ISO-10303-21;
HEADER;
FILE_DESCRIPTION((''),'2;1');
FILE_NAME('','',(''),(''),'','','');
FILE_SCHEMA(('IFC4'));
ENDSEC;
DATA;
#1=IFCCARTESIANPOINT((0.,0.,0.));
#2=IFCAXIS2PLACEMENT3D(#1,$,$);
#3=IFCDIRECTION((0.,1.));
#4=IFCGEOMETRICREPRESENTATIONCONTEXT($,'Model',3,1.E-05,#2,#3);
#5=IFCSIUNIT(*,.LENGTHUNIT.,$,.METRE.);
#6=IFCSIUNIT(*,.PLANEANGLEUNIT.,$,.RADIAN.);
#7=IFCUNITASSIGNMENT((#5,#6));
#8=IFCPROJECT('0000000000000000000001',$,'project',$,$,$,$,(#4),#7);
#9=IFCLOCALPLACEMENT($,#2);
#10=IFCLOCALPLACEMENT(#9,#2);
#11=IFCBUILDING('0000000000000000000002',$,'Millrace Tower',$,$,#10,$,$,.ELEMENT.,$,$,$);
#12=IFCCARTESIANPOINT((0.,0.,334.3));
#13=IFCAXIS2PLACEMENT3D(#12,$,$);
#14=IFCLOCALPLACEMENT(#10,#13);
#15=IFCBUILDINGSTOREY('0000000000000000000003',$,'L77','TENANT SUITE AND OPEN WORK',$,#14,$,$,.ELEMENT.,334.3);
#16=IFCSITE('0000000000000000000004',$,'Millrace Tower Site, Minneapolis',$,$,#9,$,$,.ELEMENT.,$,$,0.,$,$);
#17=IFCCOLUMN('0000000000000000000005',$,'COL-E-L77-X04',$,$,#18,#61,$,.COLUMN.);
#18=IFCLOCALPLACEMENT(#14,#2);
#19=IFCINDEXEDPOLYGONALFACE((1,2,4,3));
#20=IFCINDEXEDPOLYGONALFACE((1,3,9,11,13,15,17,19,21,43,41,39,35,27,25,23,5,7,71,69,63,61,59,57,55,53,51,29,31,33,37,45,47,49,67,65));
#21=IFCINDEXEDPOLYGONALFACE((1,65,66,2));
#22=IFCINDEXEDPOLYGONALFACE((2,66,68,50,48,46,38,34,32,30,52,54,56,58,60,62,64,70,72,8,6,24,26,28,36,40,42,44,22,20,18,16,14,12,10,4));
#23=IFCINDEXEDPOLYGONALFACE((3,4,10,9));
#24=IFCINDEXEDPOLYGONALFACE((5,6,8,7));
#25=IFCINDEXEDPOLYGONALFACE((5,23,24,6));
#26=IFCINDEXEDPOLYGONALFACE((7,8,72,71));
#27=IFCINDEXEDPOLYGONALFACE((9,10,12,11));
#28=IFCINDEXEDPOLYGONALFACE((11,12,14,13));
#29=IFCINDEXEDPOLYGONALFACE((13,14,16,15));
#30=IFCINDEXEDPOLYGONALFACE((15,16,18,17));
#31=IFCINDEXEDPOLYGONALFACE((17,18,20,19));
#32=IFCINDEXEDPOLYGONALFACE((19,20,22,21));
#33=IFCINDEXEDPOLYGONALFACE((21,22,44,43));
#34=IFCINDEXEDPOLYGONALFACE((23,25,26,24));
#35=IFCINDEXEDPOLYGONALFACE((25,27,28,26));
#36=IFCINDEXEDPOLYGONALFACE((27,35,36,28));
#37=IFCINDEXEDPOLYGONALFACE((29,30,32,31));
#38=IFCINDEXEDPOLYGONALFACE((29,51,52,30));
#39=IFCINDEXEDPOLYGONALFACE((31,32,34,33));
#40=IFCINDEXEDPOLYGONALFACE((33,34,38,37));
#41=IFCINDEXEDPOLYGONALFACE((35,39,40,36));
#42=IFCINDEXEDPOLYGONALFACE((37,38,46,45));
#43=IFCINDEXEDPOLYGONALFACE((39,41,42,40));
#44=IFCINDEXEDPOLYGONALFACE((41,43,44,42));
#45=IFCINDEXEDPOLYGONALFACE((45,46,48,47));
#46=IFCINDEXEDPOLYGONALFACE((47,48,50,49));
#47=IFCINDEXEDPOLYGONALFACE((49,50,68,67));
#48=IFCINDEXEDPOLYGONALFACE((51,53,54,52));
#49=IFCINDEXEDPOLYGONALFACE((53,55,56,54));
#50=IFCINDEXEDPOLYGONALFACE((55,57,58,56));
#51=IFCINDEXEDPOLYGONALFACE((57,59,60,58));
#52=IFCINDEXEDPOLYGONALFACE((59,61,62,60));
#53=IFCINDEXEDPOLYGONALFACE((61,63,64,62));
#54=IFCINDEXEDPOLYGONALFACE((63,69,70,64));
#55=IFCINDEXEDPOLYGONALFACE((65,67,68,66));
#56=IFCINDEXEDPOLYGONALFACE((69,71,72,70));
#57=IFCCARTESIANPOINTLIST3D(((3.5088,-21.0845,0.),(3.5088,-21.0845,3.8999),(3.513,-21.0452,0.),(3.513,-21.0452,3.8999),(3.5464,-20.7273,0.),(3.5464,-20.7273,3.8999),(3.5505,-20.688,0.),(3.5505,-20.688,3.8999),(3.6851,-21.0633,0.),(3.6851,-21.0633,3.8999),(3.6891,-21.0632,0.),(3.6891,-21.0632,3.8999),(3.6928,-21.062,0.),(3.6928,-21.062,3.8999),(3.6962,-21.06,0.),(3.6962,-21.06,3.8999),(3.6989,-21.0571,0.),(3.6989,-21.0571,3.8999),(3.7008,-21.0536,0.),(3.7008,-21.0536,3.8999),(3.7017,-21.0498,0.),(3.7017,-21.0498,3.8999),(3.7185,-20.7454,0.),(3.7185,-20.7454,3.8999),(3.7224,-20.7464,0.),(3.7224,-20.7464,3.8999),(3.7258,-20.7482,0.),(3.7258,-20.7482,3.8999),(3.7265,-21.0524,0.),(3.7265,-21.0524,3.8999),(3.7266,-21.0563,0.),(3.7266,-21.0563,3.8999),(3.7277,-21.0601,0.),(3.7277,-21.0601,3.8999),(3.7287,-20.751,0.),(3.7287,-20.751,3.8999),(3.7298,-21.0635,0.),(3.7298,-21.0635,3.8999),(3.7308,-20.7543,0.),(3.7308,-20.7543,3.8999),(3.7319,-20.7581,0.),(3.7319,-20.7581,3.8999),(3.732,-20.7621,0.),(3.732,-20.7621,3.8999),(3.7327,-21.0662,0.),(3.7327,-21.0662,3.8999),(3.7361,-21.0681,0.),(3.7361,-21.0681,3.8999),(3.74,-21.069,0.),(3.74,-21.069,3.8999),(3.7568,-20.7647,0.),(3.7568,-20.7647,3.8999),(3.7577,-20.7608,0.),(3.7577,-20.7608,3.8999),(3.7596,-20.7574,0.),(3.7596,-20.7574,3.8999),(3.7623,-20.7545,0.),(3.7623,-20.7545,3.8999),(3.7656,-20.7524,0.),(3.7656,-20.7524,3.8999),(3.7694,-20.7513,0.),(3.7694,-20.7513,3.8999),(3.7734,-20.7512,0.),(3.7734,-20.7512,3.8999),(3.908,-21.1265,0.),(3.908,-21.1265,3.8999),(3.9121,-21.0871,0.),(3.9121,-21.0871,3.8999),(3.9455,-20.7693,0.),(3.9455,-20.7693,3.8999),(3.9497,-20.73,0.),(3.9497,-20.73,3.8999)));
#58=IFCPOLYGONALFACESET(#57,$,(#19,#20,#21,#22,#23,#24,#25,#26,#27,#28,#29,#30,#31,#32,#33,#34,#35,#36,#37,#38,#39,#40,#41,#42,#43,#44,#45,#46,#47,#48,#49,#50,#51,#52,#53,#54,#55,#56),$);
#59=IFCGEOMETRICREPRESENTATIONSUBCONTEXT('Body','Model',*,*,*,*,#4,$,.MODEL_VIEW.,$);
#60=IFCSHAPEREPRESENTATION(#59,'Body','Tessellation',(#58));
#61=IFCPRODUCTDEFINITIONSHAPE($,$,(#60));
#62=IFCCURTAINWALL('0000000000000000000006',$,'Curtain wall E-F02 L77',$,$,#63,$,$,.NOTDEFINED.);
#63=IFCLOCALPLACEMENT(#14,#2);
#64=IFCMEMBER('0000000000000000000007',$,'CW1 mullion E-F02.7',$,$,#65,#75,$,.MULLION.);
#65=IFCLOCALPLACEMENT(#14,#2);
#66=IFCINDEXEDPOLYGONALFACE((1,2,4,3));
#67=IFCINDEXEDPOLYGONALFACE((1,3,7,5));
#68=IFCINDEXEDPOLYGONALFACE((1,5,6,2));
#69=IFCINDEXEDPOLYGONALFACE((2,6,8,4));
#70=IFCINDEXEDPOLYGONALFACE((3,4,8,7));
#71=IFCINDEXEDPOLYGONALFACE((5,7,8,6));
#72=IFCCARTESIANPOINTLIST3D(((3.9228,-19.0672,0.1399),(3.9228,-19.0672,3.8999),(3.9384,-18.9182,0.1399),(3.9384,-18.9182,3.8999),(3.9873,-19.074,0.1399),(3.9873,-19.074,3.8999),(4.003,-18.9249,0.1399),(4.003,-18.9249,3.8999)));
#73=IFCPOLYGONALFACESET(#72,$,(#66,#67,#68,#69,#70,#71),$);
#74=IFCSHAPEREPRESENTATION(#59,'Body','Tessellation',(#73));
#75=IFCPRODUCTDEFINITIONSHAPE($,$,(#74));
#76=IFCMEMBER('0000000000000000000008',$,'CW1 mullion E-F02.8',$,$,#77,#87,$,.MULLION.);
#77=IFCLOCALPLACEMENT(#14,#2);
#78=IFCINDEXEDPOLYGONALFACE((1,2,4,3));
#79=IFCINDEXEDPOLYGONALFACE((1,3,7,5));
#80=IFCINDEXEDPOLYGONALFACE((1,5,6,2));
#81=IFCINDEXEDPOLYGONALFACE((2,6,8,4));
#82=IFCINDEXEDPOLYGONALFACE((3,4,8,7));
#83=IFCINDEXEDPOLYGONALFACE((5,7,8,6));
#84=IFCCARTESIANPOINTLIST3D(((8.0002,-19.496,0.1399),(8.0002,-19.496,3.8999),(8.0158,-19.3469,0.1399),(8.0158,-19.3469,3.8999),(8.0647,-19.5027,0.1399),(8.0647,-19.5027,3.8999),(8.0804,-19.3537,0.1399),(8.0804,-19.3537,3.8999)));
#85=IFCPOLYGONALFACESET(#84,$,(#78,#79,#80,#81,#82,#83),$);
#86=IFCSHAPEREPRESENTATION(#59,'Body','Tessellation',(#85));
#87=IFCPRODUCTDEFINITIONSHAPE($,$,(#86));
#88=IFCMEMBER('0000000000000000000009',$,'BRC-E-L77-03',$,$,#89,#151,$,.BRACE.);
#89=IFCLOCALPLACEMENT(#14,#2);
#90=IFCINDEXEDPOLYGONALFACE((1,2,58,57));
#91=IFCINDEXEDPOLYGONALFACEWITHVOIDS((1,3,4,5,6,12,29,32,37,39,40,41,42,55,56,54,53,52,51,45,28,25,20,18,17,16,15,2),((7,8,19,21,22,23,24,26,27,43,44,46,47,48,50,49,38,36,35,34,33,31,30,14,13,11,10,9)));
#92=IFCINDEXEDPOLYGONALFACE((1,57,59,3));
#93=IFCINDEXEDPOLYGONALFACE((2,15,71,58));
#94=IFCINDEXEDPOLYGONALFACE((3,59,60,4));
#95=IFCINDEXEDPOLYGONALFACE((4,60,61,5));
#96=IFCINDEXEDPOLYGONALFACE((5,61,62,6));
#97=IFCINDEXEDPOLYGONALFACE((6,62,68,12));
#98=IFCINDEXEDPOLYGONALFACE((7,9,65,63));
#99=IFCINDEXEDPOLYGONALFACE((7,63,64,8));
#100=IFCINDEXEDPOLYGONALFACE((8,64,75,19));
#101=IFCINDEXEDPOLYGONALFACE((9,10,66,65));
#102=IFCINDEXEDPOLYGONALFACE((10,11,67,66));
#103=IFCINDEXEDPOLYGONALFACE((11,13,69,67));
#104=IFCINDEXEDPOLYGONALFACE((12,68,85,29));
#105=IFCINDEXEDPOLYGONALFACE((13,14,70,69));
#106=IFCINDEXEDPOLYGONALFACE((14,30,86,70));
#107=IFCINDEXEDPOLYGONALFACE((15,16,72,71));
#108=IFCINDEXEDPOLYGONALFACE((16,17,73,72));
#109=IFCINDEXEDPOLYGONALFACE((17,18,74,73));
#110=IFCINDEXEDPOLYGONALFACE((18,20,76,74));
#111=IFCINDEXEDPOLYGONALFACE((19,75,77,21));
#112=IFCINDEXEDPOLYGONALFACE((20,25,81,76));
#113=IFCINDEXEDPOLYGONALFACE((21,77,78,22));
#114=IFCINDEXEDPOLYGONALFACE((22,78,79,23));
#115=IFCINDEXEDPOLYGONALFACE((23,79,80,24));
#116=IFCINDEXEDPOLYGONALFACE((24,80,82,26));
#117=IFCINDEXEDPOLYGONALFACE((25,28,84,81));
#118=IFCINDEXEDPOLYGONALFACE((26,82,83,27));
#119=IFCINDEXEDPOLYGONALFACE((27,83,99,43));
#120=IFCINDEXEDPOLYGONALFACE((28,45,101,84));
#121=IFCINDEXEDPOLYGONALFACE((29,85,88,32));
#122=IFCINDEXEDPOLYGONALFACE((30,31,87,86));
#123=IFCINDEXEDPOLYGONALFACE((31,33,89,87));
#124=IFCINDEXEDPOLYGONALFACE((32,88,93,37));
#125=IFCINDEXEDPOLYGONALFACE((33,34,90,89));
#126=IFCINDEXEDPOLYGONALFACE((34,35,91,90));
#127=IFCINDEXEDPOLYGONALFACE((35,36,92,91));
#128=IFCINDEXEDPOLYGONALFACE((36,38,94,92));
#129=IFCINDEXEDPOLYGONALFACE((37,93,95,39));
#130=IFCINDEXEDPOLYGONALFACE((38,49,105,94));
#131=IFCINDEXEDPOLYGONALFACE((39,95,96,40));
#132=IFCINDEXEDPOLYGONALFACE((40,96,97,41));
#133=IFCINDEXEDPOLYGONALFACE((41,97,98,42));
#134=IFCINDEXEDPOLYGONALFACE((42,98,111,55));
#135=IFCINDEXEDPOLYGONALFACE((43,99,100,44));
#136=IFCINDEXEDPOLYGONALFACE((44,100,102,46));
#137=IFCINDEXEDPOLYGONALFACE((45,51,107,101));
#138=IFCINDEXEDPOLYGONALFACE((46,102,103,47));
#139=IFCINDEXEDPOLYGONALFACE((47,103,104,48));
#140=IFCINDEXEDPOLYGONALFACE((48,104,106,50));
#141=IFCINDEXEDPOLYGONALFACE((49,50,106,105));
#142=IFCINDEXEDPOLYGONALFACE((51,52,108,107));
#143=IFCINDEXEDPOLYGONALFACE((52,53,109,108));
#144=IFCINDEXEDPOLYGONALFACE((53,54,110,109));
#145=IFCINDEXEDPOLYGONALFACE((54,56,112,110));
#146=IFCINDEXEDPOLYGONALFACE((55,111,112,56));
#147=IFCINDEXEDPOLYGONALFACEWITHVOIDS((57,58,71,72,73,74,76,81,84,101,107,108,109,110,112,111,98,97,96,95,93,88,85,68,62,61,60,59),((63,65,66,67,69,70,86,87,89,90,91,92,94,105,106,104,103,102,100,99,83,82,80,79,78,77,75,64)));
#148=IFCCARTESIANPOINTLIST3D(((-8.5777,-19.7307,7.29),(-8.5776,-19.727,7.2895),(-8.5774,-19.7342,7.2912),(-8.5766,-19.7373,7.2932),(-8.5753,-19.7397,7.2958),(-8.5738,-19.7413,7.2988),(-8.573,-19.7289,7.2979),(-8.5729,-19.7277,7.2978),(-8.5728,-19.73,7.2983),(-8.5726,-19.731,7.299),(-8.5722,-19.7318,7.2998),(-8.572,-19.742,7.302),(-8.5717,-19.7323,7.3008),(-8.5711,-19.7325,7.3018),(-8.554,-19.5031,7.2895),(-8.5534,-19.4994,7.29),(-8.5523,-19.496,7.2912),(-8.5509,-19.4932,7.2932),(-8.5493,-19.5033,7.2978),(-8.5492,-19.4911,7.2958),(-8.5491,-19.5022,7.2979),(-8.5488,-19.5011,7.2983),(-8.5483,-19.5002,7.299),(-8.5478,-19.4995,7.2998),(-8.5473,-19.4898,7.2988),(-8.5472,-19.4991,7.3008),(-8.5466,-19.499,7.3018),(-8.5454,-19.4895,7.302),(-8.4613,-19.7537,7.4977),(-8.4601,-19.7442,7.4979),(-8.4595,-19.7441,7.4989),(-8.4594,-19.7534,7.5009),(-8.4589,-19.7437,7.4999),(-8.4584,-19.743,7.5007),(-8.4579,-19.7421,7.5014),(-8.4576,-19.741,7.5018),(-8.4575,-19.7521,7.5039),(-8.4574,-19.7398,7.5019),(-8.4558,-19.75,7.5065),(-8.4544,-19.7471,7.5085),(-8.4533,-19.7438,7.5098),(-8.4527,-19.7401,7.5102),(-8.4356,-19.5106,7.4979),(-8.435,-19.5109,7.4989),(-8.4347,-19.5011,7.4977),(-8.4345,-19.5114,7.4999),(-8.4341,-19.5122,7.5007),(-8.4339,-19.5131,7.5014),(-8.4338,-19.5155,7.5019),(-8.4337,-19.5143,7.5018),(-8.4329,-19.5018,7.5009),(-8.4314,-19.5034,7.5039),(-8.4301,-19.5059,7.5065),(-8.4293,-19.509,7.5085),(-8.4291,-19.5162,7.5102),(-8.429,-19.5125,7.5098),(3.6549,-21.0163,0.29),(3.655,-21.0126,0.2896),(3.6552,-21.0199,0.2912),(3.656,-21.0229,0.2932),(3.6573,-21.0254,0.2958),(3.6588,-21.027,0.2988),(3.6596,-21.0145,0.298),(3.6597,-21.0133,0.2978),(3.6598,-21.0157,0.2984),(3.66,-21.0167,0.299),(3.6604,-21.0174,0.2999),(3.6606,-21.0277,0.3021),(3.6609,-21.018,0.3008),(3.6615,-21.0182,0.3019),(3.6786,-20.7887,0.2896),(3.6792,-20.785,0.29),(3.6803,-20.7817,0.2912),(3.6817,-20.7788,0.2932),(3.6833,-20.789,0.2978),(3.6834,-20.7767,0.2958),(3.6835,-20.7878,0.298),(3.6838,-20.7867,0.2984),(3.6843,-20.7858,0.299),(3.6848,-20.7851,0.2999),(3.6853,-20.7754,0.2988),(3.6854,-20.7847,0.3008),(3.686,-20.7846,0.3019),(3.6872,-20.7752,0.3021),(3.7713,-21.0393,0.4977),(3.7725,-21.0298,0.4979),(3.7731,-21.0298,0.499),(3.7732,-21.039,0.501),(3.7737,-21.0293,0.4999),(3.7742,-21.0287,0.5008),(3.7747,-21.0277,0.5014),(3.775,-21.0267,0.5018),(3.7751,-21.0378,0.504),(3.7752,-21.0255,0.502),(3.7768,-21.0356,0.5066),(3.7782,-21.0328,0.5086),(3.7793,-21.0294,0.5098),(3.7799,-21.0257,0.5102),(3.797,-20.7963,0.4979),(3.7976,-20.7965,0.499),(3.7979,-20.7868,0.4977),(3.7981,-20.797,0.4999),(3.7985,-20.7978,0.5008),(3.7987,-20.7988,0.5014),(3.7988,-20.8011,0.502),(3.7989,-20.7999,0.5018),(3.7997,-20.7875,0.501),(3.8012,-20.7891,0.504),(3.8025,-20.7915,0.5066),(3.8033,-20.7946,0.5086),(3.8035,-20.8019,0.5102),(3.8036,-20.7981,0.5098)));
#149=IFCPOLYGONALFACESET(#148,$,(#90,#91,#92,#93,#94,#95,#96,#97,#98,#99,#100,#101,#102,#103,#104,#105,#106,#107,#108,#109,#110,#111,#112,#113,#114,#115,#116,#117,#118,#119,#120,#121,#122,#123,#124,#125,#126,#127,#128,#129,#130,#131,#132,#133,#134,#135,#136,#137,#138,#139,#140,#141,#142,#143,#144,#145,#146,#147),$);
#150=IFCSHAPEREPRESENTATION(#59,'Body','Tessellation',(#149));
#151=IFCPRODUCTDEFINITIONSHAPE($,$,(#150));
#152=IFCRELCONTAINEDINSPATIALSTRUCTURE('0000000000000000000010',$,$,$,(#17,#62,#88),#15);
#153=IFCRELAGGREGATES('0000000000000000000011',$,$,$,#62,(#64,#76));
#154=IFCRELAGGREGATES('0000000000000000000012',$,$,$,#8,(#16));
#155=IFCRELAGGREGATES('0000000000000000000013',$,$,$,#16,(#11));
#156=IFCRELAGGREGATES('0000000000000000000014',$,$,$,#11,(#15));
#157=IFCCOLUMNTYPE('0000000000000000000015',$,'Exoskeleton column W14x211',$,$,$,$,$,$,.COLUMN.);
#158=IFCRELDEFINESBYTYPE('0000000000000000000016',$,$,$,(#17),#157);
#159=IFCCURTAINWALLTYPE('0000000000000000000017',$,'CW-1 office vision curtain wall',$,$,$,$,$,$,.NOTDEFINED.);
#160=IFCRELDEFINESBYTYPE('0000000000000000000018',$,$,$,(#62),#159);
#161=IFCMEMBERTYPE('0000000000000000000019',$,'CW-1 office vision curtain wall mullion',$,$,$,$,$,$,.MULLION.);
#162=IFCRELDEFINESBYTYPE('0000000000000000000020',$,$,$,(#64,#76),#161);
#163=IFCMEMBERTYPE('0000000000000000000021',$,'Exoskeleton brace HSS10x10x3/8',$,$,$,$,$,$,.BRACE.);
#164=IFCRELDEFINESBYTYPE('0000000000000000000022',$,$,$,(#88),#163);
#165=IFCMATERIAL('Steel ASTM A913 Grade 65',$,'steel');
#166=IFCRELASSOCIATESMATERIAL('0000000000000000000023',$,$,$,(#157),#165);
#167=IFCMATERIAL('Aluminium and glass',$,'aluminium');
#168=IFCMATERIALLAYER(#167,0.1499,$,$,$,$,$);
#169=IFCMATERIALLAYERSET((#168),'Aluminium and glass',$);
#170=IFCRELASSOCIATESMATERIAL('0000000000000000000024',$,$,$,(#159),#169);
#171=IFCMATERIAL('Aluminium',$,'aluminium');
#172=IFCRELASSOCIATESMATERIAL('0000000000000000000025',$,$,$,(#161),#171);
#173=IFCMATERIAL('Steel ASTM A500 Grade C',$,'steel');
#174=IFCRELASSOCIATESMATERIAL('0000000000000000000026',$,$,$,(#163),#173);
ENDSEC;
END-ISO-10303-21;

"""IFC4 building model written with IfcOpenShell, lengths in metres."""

from ifc_helpers import new_model, si_unit, direction, frame, origin, origin_2d, place, context, subcontext, project, spatial, rectangle, hollow_rectangle, i_section, extrude, material, layer, layer_set, material_profile, profile_set, type_object, element, aggregate, save


model = new_model("IFC4")

# Units and contexts
model_context = context("Model", 3, precision=1e-05, world=origin(), true_north=direction((0.0, 1.0)))
body_context = subcontext(model_context, "Body", "Model", "MODEL_VIEW")
ifc_project = project(units=[si_unit("LENGTHUNIT", "METRE"), si_unit("PLANEANGLEUNIT", "RADIAN")], contexts=[model_context])

# Site, building, storey
site_placement = place(None, origin())
site = spatial("IfcSite", under=ifc_project, at=site_placement, Name="Millrace Tower Site, Minneapolis", CompositionType="ELEMENT", RefElevation=0.0)
building_placement = place(site_placement, origin())
building = spatial("IfcBuilding", under=site, at=building_placement, Name="Millrace Tower", CompositionType="ELEMENT")
storey_placement = place(building_placement, frame((0.0, 0.0, 334.3)))
storey = spatial("IfcBuildingStorey", under=building, at=storey_placement, Name="L77", Description="TENANT SUITE AND OPEN WORK", CompositionType="ELEMENT", Elevation=334.3)

# Column
ifc_material_1 = material(Name="Steel ASTM A913 Grade 65", Category="steel")
ifc_material_profile_1 = material_profile(ifc_material_1, i_section(OverallWidth=0.4014, OverallDepth=0.3987, WebThickness=0.0249, FlangeThickness=0.0396, FilletRadius=0.0151, at=origin_2d()))
ifc_profile_set_1 = profile_set([ifc_material_profile_1], Name="Steel ASTM A913 Grade 65")
column_type = type_object("IfcColumnType", Name="Exoskeleton column W14x211", PredefinedType="COLUMN", material=ifc_profile_set_1)
column_placement = place(storey_placement, frame((3.7292, -20.9072, 0.0), z_axis=(0.0, 0.0, 1.0), x_axis=(0.994522, -0.104528, 0.0)))
element("IfcColumn", 1, at=column_placement, inside=storey, type_object=column_type, Name="COL-E-L77-X04", PredefinedType="COLUMN", context=body_context, shape_type="SweptSolid", body=[
    extrude(i_section(OverallWidth=0.4014, OverallDepth=0.3987, WebThickness=0.0249, FlangeThickness=0.0396, FilletRadius=0.0151, at=origin_2d()), origin(), (0.0, 0.0, 1.0), 3.8999),
])

# Curtain wall, members
ifc_material_2 = material(Name="Aluminium and glass", Category="aluminium")
ifc_layer_1 = layer(ifc_material_2, 0.1499)
ifc_layer_set_1 = layer_set([ifc_layer_1], Name="Aluminium and glass")
curtain_wall_type = type_object("IfcCurtainWallType", Name="CW-1 office vision curtain wall", PredefinedType="NOTDEFINED", material=ifc_layer_set_1)
placement = place(storey_placement, origin())
curtain_wall = element("IfcCurtainWall", 2, at=placement, inside=storey, type_object=curtain_wall_type, Name="Curtain wall E-F02 L77", PredefinedType="NOTDEFINED")
ifc_material_3 = material(Name="Aluminium", Category="aluminium")
ifc_material_profile_2 = material_profile(ifc_material_3, rectangle(XDim=0.0649, YDim=0.1499, at=origin_2d()))
ifc_profile_set_2 = profile_set([ifc_material_profile_2], Name="Aluminium")
member_type_1 = type_object("IfcMemberType", Name="CW-1 office vision curtain wall mullion", PredefinedType="MULLION", material=ifc_profile_set_2)
member_1_placement = place(storey_placement, frame((3.9629, -18.9961, 0.1399), z_axis=(0.0, 0.0, 1.0), x_axis=(0.994522, -0.104528, 0.0)))
member_1 = element("IfcMember", 3, at=member_1_placement, type_object=member_type_1, Name="CW1 mullion E-F02.7", PredefinedType="MULLION", context=body_context, shape_type="SweptSolid", body=[
    extrude(rectangle(XDim=0.0649, YDim=0.1499, at=origin_2d()), origin(), (0.0, 0.0, 1.0), 3.76),
])
member_2_placement = place(storey_placement, frame((8.0403, -19.4248, 0.1399), z_axis=(0.0, 0.0, 1.0), x_axis=(0.994522, -0.104528, 0.0)))
member_2 = element("IfcMember", 4, at=member_2_placement, type_object=member_type_1, Name="CW1 mullion E-F02.8", PredefinedType="MULLION", context=body_context, shape_type="SweptSolid", body=[
    extrude(rectangle(XDim=0.0649, YDim=0.1499, at=origin_2d()), origin(), (0.0, 0.0, 1.0), 3.76),
])
aggregate(curtain_wall, [member_1, member_2])

# Member
ifc_material_4 = material(Name="Steel ASTM A500 Grade C", Category="steel")
ifc_material_profile_3 = material_profile(ifc_material_4, hollow_rectangle(XDim=0.2539, YDim=0.2539, WallThickness=0.0095, InnerFilletRadius=0.0046, OuterFilletRadius=0.0144, at=origin_2d()))
ifc_profile_set_3 = profile_set([ifc_material_profile_3], Name="Steel ASTM A500 Grade C")
member_type_2 = type_object("IfcMemberType", Name="Exoskeleton brace HSS10x10x3/8", PredefinedType="BRACE", material=ifc_profile_set_3)
member_3_placement = place(storey_placement, frame((3.7292, -20.9072, 0.3999), z_axis=(-0.864352, 0.090843, 0.494615), x_axis=(-0.104524, -0.994522, 0.0)))
element("IfcMember", 5, at=member_3_placement, inside=storey, type_object=member_type_2, Name="BRC-E-L77-03", PredefinedType="BRACE", context=body_context, shape_type="SweptSolid", body=[
    extrude(hollow_rectangle(XDim=0.2539, YDim=0.2539, WallThickness=0.0095, InnerFilletRadius=0.0046, OuterFilletRadius=0.0144, at=origin_2d()), origin(), (0.0, 0.0, 1.0), 14.1523),
])

save(model, "model.ifc")
